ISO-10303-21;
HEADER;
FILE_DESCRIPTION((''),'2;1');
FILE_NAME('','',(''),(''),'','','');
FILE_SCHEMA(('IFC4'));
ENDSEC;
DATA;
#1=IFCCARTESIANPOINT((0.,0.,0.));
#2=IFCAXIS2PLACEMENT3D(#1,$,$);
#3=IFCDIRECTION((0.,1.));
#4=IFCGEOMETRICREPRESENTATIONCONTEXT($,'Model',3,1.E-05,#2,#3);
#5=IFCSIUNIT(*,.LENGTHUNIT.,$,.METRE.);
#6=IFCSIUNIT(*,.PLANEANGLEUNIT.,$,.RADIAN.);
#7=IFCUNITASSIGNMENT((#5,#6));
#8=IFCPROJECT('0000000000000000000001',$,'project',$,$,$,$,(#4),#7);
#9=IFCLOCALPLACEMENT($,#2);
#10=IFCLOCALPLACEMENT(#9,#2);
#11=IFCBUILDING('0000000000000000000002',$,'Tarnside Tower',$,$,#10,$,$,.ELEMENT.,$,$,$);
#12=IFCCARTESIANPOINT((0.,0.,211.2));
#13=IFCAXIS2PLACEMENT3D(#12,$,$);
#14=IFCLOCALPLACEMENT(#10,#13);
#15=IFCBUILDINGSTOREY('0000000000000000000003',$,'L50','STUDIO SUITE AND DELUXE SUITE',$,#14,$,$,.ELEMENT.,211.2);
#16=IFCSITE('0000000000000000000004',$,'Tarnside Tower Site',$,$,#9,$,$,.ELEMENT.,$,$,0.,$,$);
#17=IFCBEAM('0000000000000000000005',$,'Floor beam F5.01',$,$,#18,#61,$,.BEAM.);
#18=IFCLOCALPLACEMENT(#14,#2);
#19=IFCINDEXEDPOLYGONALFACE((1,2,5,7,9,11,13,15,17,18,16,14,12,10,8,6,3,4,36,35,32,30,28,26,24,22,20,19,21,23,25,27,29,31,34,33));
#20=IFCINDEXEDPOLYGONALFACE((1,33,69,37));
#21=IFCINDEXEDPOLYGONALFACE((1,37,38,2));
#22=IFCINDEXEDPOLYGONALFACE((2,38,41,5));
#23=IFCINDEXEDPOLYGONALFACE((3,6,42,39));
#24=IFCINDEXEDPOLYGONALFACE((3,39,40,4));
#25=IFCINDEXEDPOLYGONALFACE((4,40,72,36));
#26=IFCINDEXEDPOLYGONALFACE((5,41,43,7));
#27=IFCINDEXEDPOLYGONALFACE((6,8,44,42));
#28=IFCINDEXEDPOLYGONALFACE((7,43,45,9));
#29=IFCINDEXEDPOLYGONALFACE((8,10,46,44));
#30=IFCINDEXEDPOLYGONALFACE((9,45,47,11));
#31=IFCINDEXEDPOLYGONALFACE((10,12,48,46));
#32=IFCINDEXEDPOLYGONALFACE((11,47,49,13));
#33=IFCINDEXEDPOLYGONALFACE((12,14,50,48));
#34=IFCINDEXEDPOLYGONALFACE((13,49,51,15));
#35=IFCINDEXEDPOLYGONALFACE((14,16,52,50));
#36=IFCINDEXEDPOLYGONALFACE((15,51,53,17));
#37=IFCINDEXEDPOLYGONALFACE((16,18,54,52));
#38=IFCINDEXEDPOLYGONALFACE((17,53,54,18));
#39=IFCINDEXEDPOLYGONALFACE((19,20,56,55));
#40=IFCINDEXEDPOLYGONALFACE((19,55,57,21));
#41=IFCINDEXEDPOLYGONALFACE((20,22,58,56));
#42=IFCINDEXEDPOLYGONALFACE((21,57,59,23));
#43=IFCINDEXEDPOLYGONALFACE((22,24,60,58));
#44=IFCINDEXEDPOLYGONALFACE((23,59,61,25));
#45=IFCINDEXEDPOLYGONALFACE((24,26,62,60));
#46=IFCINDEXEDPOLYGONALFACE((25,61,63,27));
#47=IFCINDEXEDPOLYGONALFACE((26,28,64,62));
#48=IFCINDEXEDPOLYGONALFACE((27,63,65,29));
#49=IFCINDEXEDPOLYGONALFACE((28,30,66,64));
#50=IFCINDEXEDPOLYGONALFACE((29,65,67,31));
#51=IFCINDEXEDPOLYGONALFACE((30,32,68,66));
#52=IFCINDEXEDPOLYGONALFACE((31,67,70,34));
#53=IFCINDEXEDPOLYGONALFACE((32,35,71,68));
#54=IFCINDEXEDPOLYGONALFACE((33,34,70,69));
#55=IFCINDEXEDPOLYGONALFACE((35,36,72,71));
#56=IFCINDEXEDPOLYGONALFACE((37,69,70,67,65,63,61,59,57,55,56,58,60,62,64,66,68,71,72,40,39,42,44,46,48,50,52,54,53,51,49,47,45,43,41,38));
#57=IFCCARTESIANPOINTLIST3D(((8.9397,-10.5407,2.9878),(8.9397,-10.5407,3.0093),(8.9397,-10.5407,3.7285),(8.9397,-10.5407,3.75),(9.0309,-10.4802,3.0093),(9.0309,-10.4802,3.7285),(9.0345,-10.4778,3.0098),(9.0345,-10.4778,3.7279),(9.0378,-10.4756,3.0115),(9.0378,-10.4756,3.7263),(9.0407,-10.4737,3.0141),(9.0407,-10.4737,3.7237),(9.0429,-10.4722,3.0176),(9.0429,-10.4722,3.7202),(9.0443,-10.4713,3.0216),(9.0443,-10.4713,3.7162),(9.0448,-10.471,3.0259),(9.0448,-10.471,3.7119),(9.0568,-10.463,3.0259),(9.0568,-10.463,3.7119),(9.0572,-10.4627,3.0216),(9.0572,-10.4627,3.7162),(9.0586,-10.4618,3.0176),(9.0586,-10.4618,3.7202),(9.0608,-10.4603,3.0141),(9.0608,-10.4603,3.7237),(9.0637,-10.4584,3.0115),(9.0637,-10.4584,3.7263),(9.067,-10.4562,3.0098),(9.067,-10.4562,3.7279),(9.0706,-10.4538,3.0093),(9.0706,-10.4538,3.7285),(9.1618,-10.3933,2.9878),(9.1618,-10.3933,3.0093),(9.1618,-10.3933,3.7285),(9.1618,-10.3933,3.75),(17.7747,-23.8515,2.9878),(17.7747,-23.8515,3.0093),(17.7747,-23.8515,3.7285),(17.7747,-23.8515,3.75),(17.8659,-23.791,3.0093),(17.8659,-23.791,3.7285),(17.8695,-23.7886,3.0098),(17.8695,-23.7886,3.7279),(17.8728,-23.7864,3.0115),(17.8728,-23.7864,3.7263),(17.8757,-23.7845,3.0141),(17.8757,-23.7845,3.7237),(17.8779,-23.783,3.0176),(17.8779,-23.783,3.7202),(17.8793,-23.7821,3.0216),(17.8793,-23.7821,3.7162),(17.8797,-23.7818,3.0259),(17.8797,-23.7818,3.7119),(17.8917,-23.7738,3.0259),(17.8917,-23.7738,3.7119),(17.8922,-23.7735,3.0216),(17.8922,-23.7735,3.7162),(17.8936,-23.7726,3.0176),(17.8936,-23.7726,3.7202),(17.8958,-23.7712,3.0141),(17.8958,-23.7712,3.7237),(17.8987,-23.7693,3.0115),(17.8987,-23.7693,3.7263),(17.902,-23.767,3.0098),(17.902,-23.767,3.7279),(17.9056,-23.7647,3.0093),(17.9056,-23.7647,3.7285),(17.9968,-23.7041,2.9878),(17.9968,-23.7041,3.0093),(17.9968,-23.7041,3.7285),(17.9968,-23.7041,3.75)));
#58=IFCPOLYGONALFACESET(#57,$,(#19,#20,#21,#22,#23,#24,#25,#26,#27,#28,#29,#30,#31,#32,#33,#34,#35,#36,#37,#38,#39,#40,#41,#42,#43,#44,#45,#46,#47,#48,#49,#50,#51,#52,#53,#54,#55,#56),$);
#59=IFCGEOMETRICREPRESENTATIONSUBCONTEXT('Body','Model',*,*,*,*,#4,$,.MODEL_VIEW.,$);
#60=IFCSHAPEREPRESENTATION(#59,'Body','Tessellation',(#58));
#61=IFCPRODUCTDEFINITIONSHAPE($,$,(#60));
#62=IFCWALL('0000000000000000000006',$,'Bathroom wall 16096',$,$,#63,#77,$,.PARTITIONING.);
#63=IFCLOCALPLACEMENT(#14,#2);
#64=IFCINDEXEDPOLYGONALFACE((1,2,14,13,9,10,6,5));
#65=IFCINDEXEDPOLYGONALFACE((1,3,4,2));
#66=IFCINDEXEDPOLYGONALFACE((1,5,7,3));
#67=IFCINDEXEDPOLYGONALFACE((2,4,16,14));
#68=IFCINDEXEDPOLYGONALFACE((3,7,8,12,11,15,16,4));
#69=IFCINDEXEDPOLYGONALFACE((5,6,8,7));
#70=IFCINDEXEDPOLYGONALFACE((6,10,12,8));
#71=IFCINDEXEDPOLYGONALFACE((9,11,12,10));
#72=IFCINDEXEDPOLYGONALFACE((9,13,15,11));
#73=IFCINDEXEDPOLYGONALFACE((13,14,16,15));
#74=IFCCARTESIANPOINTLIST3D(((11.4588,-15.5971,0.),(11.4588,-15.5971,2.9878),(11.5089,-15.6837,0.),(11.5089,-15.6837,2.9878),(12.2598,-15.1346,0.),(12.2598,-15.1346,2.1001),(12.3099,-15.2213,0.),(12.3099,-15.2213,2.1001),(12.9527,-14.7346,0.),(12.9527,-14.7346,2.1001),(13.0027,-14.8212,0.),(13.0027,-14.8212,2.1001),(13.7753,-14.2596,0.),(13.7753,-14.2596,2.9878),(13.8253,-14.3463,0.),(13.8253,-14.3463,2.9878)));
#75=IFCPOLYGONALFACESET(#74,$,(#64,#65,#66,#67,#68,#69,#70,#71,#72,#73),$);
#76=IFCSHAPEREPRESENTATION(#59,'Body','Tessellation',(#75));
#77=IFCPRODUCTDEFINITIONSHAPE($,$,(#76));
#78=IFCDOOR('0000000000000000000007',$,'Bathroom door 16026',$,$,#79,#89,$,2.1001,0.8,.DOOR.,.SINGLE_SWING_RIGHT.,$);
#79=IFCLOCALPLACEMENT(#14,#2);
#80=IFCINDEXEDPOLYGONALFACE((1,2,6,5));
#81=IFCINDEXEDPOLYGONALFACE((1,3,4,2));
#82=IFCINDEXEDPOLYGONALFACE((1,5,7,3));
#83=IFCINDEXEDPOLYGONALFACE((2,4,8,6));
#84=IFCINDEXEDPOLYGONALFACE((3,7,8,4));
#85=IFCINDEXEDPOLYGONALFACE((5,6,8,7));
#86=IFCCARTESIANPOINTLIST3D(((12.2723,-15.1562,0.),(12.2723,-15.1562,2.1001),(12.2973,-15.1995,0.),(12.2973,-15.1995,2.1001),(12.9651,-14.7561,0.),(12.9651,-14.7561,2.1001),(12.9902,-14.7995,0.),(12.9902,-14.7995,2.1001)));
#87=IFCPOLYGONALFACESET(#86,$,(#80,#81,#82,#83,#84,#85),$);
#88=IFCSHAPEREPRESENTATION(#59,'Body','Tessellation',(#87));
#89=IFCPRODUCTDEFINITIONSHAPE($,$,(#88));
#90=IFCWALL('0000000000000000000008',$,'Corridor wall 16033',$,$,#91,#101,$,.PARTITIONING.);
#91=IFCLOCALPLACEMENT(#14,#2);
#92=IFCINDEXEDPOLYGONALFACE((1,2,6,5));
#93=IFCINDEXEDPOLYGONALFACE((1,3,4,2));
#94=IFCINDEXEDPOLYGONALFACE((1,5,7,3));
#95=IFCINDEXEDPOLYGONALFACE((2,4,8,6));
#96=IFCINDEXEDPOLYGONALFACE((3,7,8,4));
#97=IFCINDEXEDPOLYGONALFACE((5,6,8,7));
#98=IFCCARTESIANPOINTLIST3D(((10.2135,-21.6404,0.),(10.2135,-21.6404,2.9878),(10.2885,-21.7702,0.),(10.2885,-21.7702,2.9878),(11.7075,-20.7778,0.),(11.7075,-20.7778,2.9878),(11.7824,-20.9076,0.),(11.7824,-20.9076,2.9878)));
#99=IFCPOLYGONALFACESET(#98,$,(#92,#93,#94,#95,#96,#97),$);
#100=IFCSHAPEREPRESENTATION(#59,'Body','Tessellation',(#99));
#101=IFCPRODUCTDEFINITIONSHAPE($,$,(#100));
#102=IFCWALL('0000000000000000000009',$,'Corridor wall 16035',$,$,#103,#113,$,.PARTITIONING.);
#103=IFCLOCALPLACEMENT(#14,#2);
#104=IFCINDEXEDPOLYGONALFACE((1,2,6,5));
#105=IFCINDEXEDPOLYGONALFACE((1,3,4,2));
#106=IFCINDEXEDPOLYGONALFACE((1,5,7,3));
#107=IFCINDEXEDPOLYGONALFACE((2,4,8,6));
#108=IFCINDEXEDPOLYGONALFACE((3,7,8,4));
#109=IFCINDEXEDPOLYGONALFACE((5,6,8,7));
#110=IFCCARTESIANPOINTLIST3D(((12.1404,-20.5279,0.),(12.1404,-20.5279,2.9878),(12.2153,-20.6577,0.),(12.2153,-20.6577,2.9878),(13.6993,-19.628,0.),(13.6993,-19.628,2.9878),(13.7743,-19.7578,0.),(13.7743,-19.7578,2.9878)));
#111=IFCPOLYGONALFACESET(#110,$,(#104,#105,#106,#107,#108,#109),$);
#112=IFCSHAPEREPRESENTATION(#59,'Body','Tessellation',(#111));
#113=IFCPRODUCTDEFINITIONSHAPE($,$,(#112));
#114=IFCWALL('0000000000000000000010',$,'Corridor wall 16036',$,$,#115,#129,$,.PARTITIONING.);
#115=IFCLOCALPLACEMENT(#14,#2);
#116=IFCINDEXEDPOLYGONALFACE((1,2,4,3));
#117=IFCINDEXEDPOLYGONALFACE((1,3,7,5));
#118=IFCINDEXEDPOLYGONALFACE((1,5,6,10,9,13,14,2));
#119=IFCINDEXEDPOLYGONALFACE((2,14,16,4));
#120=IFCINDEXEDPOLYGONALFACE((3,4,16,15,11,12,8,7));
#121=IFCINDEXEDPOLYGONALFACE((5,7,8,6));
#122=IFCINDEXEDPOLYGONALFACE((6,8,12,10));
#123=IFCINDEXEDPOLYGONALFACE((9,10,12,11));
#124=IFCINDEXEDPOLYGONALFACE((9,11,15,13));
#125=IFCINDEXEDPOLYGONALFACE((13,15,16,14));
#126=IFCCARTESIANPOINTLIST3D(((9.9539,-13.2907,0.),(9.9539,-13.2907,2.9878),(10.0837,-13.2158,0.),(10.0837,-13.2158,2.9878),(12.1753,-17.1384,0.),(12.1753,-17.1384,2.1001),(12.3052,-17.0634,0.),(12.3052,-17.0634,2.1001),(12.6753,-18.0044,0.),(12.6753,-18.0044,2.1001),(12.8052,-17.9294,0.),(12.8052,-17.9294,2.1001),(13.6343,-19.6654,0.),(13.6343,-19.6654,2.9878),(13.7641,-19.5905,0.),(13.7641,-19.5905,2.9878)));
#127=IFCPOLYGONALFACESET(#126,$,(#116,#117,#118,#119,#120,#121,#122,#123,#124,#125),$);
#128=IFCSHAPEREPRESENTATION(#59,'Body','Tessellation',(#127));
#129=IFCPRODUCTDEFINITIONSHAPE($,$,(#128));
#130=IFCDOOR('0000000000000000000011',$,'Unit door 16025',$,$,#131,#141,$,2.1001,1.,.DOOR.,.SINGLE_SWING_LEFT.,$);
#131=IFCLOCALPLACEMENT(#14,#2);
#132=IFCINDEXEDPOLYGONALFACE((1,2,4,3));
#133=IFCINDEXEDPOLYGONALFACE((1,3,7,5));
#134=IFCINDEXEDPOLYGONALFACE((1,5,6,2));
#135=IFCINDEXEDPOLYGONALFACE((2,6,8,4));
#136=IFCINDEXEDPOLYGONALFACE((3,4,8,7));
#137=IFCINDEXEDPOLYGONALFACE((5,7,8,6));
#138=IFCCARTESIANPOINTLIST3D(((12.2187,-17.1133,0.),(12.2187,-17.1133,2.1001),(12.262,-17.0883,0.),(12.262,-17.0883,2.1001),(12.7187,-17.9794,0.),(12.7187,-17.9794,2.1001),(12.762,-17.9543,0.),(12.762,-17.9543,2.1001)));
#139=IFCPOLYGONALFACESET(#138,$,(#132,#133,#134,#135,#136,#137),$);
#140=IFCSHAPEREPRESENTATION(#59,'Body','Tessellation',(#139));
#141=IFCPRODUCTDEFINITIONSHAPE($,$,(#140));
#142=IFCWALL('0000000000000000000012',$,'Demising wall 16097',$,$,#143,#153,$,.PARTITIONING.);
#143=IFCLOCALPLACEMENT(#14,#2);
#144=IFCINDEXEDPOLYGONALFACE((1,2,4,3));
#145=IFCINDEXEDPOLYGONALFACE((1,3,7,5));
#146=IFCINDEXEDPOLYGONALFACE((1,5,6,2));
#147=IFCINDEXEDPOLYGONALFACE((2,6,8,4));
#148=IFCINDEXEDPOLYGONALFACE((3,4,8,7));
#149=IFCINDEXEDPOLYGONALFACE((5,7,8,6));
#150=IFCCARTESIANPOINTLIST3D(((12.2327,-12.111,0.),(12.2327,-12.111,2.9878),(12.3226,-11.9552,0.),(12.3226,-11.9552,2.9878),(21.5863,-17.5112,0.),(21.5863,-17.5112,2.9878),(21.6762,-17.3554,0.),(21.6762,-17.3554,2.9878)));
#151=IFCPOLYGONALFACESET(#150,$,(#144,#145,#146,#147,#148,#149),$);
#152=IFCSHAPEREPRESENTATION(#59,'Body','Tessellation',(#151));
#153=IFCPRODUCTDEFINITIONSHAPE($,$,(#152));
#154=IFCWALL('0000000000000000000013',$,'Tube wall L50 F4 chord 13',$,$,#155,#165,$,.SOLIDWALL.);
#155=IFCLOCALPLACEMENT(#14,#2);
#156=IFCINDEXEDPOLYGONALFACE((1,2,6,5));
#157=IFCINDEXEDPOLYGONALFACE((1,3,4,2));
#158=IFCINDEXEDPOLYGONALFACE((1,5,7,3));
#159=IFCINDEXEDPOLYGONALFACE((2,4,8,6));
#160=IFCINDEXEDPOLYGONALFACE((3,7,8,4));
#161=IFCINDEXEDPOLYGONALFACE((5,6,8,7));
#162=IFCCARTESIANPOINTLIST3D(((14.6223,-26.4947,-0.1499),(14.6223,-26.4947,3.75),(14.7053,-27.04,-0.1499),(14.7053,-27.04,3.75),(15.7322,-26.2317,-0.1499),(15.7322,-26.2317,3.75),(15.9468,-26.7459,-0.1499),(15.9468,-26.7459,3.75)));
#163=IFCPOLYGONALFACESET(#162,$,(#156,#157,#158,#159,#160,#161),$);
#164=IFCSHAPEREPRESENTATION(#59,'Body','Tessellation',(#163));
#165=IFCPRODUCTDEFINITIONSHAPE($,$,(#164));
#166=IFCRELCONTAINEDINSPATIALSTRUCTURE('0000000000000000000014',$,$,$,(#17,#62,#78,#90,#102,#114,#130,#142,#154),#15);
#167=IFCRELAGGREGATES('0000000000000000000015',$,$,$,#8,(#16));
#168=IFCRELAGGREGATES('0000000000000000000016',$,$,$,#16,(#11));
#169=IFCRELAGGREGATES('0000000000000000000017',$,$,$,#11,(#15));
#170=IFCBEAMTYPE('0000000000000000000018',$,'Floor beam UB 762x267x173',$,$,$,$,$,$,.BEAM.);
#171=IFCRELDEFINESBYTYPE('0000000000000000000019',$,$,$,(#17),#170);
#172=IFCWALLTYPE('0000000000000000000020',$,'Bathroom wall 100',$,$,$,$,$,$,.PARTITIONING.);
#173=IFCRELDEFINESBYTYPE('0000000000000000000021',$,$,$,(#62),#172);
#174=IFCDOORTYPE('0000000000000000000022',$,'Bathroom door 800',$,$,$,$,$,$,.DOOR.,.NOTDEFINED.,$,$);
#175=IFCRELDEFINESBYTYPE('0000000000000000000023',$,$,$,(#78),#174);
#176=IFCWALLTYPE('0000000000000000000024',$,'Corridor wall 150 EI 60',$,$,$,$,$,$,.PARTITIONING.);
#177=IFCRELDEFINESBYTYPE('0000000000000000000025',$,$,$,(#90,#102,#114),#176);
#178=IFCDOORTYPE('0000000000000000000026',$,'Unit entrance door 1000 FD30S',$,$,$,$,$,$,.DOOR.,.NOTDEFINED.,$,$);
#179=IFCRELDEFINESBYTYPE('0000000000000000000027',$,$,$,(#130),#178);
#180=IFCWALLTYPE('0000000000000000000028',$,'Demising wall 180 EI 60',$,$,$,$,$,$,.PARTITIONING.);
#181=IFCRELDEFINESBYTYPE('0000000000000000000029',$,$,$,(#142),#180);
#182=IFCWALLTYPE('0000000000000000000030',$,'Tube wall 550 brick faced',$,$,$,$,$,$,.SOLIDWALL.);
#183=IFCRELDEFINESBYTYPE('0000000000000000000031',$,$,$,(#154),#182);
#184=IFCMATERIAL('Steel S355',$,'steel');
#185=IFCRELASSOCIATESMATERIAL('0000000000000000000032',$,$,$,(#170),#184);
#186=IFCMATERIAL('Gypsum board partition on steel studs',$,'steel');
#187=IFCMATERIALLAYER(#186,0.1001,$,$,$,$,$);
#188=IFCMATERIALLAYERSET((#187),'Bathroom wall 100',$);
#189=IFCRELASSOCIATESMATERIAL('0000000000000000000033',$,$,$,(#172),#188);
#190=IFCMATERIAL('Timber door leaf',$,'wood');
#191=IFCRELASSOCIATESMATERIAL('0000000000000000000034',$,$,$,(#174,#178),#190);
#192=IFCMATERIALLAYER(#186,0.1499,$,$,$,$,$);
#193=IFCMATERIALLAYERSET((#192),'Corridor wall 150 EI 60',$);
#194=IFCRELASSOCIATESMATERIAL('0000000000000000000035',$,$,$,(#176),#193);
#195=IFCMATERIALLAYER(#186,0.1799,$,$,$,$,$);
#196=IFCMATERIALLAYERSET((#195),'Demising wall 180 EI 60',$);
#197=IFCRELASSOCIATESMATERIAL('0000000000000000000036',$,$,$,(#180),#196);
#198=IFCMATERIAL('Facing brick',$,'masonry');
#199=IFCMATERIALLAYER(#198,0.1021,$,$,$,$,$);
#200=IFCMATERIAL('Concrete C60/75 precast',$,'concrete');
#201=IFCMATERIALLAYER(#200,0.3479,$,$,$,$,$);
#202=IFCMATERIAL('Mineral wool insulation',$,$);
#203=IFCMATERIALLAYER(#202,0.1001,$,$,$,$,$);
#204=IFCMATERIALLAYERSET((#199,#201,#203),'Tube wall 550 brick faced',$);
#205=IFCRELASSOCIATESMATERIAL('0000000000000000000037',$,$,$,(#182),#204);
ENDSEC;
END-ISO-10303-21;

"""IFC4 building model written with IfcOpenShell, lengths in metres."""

from ifc_helpers import new_model, si_unit, direction, frame, frame_2d, origin, origin_2d, place, context, subcontext, project, spatial, polyline, rectangle, i_section, outline, extrude, material, layer, layer_set, material_profile, profile_set, type_object, element, fill, save


model = new_model("IFC4")

# Units and contexts
model_context = context("Model", 3, precision=1e-05, world=origin(), true_north=direction((0.0, 1.0)))
body_context = subcontext(model_context, "Body", "Model", "MODEL_VIEW")
ifc_project = project(units=[si_unit("LENGTHUNIT", "METRE"), si_unit("PLANEANGLEUNIT", "RADIAN")], contexts=[model_context])

# Site, building, storey
site_placement = place(None, origin())
site = spatial("IfcSite", under=ifc_project, at=site_placement, Name="Tarnside Tower Site", CompositionType="ELEMENT", RefElevation=0.0)
building_placement = place(site_placement, origin())
building = spatial("IfcBuilding", under=site, at=building_placement, Name="Tarnside Tower", CompositionType="ELEMENT")
storey_placement = place(building_placement, frame((0.0, 0.0, 211.2)))
storey = spatial("IfcBuildingStorey", under=building, at=storey_placement, Name="L50", Description="STUDIO SUITE AND DELUXE SUITE", CompositionType="ELEMENT", Elevation=211.2)

# Beam
ifc_material_1 = material(Name="Steel S355", Category="steel")
ifc_material_profile_1 = material_profile(ifc_material_1, i_section(OverallWidth=0.2666, OverallDepth=0.7622, WebThickness=0.0144, FlangeThickness=0.0215, FilletRadius=0.0166, at=origin_2d()), Name="UB 762x267x173")
ifc_profile_set_1 = profile_set([ifc_material_profile_1], Name="Steel S355")
beam_type_1 = type_object("IfcBeamType", Name="Floor beam UB 762x267x173", PredefinedType="BEAM", material=ifc_profile_set_1)
beam_1_placement = place(storey_placement, frame((17.8857, -23.7778, 3.3689), z_axis=(-0.553013, 0.833172, 0.0), x_axis=(-0.833172, -0.553013, 0.0)))
element("IfcBeam", 1, at=beam_1_placement, inside=storey, type_object=beam_type_1, Name="Floor beam F5.01", PredefinedType="BEAM", context=body_context, shape_type="SweptSolid", body=[
    extrude(i_section(OverallWidth=0.2666, OverallDepth=0.7622, WebThickness=0.0144, FlangeThickness=0.0215, FilletRadius=0.0166, at=origin_2d()), origin(), (0.0, 0.0, 1.0), 15.9761),
])

# Wall, opening, door
ifc_material_2 = material(Name="Gypsum board partition on steel studs", Category="steel")
ifc_layer_1 = layer(ifc_material_2, 0.1001)
ifc_layer_set_1 = layer_set([ifc_layer_1], Name="Bathroom wall 100")
wall_type_1 = type_object("IfcWallType", Name="Bathroom wall 100", PredefinedType="PARTITIONING", material=ifc_layer_set_1)
wall_1_placement = place(storey_placement, frame((13.8003, -14.303, 0.0), z_axis=(0.0, 0.0, 1.0), x_axis=(-0.866021, -0.500007, 0.0)))
wall_1 = element("IfcWall", 2, at=wall_1_placement, inside=storey, type_object=wall_type_1, Name="Bathroom wall 16096", PredefinedType="PARTITIONING", context=body_context, shape_type="SweptSolid", body=[
    extrude(rectangle(XDim=2.6748, YDim=0.1001, at=frame_2d((1.3374, 0.0))), origin(), (0.0, 0.0, 1.0), 2.9878),
])
opening_1_placement = place(wall_1_placement, frame((0.95, 0.0, 0.0)))
opening_1 = element("IfcOpeningElement", 3, at=opening_1_placement, cuts=wall_1, PredefinedType="OPENING", context=body_context, shape_type="SweptSolid", body=[
    extrude(rectangle(XDim=0.8, YDim=2.1001, at=frame_2d((0.3999, 1.05))), frame((0.0, 0.0601, 0.0), z_axis=(0.0, -1.0, 0.0), x_axis=(1.0, 0.0, 0.0)), (0.0, 0.0, 1.0), 0.1201),
])
ifc_material_3 = material(Name="Timber door leaf", Category="wood")
door_type_1 = type_object("IfcDoorType", Name="Bathroom door 800", OperationType="NOTDEFINED", PredefinedType="DOOR", material=ifc_material_3)
door_1_placement = place(opening_1_placement, origin())
door_1 = element("IfcDoor", 4, at=door_1_placement, inside=storey, type_object=door_type_1, Name="Bathroom door 16026", OperationType="SINGLE_SWING_RIGHT", OverallHeight=2.1001, OverallWidth=0.8, PredefinedType="DOOR", context=body_context, shape_type="SweptSolid", body=[
    extrude(rectangle(XDim=0.8, YDim=2.1001, at=frame_2d((0.3999, 1.05))), frame((0.0, 0.0249, 0.0), z_axis=(0.0, -1.0, 0.0), x_axis=(1.0, 0.0, 0.0)), (0.0, 0.0, 1.0), 0.05),
])
fill(opening_1, door_1)

# Walls
ifc_layer_2 = layer(ifc_material_2, 0.1499)
ifc_layer_set_2 = layer_set([ifc_layer_2], Name="Corridor wall 150 EI 60")
wall_type_2 = type_object("IfcWallType", Name="Corridor wall 150 EI 60", PredefinedType="PARTITIONING", material=ifc_layer_set_2)
wall_2_placement = place(storey_placement, frame((10.251, -21.7053, 0.0), z_axis=(0.0, 0.0, 1.0), x_axis=(0.866014, 0.500021, 0.0)))
element("IfcWall", 5, at=wall_2_placement, inside=storey, type_object=wall_type_2, Name="Corridor wall 16033", PredefinedType="PARTITIONING", context=body_context, shape_type="SweptSolid", body=[
    extrude(rectangle(XDim=1.7251, YDim=0.1499, at=frame_2d((0.8625, 0.0))), origin(), (0.0, 0.0, 1.0), 2.9878),
])
wall_3_placement = place(storey_placement, frame((12.178, -20.5928, 0.0), z_axis=(0.0, 0.0, 1.0), x_axis=(0.866048, 0.499961, 0.0)))
element("IfcWall", 6, at=wall_3_placement, inside=storey, type_object=wall_type_2, Name="Corridor wall 16035", PredefinedType="PARTITIONING", context=body_context, shape_type="SweptSolid", body=[
    extrude(rectangle(XDim=1.8, YDim=0.1499, at=frame_2d((0.8999, 0.0))), origin(), (0.0, 0.0, 1.0), 2.9878),
])

# Wall, opening, door
wall_4_placement = place(storey_placement, frame((13.6992, -19.6279, 0.0), z_axis=(0.0, 0.0, 1.0), x_axis=(-0.499995, 0.866028, 0.0)))
wall_4 = element("IfcWall", 7, at=wall_4_placement, inside=storey, type_object=wall_type_2, Name="Corridor wall 16036", PredefinedType="PARTITIONING", context=body_context, shape_type="SweptSolid", body=[
    extrude(rectangle(XDim=7.3608, YDim=0.1499, at=frame_2d((3.6804, 0.0))), origin(), (0.0, 0.0, 1.0), 2.9878),
])
opening_2_placement = place(wall_4_placement, frame((1.918, 0.0, 0.0)))
opening_2 = element("IfcOpeningElement", 8, at=opening_2_placement, cuts=wall_4, PredefinedType="OPENING", context=body_context, shape_type="SweptSolid", body=[
    extrude(rectangle(XDim=1.0, YDim=2.1001, at=frame_2d((0.5, 1.05))), frame((0.0, 0.085, 0.0), z_axis=(0.0, -1.0, 0.0), x_axis=(1.0, 0.0, 0.0)), (0.0, 0.0, 1.0), 0.1699),
])
door_type_2 = type_object("IfcDoorType", Name="Unit entrance door 1000 FD30S", OperationType="NOTDEFINED", PredefinedType="DOOR", material=ifc_material_3)
door_2_placement = place(opening_2_placement, origin())
door_2 = element("IfcDoor", 9, at=door_2_placement, inside=storey, type_object=door_type_2, Name="Unit door 16025", OperationType="SINGLE_SWING_LEFT", OverallHeight=2.1001, OverallWidth=1.0, PredefinedType="DOOR", context=body_context, shape_type="SweptSolid", body=[
    extrude(rectangle(XDim=1.0, YDim=2.1001, at=frame_2d((0.5, 1.05))), frame((0.0, 0.0249, 0.0), z_axis=(0.0, -1.0, 0.0), x_axis=(1.0, 0.0, 0.0)), (0.0, 0.0, 1.0), 0.05),
])
fill(opening_2, door_2)

# Walls
ifc_layer_3 = layer(ifc_material_2, 0.1799)
ifc_layer_set_3 = layer_set([ifc_layer_3], Name="Demising wall 180 EI 60")
wall_type_3 = type_object("IfcWallType", Name="Demising wall 180 EI 60", PredefinedType="PARTITIONING", material=ifc_layer_set_3)
wall_5_placement = place(storey_placement, frame((21.6313, -17.4333, 0.0), z_axis=(0.0, 0.0, 1.0), x_axis=(-0.86603, 0.499992, 0.0)))
element("IfcWall", 10, at=wall_5_placement, inside=storey, type_object=wall_type_3, Name="Demising wall 16097", PredefinedType="PARTITIONING", context=body_context, shape_type="SweptSolid", body=[
    extrude(rectangle(XDim=10.8005, YDim=0.1799, at=frame_2d((5.4004, 0.0))), origin(), (0.0, 0.0, 1.0), 2.9878),
])
ifc_material_4 = material(Name="Facing brick", Category="masonry")
ifc_layer_4 = layer(ifc_material_4, 0.1021)
ifc_material_5 = material(Name="Concrete C60/75 precast", Category="concrete")
ifc_layer_5 = layer(ifc_material_5, 0.3479)
ifc_material_6 = material(Name="Mineral wool insulation")
ifc_layer_6 = layer(ifc_material_6, 0.1001)
ifc_layer_set_4 = layer_set([ifc_layer_4, ifc_layer_5, ifc_layer_6], Name="Tube wall 550 brick faced")
wall_type_4 = type_object("IfcWallType", Name="Tube wall 550 brick faced", PredefinedType="SOLIDWALL", material=ifc_layer_set_4)
wall_6_placement = place(storey_placement, frame((14.6638, -26.7673, -0.1499), z_axis=(0.0, 0.0, 1.0), x_axis=(0.973064, 0.230537, 0.0)))
element("IfcWall", 11, at=wall_6_placement, inside=storey, type_object=wall_type_4, Name="Tube wall L50 F4 chord 13", PredefinedType="SOLIDWALL", context=body_context, shape_type="SweptSolid", body=[
    extrude(outline(polyline([(-0.0225, -0.2749), (1.2534, -0.2749), (1.1631, 0.2749), (0.0225, 0.2749), (-0.0225, -0.2749)])), origin(), (0.0, 0.0, 1.0), 3.8999),
])

save(model, "model.ifc")
